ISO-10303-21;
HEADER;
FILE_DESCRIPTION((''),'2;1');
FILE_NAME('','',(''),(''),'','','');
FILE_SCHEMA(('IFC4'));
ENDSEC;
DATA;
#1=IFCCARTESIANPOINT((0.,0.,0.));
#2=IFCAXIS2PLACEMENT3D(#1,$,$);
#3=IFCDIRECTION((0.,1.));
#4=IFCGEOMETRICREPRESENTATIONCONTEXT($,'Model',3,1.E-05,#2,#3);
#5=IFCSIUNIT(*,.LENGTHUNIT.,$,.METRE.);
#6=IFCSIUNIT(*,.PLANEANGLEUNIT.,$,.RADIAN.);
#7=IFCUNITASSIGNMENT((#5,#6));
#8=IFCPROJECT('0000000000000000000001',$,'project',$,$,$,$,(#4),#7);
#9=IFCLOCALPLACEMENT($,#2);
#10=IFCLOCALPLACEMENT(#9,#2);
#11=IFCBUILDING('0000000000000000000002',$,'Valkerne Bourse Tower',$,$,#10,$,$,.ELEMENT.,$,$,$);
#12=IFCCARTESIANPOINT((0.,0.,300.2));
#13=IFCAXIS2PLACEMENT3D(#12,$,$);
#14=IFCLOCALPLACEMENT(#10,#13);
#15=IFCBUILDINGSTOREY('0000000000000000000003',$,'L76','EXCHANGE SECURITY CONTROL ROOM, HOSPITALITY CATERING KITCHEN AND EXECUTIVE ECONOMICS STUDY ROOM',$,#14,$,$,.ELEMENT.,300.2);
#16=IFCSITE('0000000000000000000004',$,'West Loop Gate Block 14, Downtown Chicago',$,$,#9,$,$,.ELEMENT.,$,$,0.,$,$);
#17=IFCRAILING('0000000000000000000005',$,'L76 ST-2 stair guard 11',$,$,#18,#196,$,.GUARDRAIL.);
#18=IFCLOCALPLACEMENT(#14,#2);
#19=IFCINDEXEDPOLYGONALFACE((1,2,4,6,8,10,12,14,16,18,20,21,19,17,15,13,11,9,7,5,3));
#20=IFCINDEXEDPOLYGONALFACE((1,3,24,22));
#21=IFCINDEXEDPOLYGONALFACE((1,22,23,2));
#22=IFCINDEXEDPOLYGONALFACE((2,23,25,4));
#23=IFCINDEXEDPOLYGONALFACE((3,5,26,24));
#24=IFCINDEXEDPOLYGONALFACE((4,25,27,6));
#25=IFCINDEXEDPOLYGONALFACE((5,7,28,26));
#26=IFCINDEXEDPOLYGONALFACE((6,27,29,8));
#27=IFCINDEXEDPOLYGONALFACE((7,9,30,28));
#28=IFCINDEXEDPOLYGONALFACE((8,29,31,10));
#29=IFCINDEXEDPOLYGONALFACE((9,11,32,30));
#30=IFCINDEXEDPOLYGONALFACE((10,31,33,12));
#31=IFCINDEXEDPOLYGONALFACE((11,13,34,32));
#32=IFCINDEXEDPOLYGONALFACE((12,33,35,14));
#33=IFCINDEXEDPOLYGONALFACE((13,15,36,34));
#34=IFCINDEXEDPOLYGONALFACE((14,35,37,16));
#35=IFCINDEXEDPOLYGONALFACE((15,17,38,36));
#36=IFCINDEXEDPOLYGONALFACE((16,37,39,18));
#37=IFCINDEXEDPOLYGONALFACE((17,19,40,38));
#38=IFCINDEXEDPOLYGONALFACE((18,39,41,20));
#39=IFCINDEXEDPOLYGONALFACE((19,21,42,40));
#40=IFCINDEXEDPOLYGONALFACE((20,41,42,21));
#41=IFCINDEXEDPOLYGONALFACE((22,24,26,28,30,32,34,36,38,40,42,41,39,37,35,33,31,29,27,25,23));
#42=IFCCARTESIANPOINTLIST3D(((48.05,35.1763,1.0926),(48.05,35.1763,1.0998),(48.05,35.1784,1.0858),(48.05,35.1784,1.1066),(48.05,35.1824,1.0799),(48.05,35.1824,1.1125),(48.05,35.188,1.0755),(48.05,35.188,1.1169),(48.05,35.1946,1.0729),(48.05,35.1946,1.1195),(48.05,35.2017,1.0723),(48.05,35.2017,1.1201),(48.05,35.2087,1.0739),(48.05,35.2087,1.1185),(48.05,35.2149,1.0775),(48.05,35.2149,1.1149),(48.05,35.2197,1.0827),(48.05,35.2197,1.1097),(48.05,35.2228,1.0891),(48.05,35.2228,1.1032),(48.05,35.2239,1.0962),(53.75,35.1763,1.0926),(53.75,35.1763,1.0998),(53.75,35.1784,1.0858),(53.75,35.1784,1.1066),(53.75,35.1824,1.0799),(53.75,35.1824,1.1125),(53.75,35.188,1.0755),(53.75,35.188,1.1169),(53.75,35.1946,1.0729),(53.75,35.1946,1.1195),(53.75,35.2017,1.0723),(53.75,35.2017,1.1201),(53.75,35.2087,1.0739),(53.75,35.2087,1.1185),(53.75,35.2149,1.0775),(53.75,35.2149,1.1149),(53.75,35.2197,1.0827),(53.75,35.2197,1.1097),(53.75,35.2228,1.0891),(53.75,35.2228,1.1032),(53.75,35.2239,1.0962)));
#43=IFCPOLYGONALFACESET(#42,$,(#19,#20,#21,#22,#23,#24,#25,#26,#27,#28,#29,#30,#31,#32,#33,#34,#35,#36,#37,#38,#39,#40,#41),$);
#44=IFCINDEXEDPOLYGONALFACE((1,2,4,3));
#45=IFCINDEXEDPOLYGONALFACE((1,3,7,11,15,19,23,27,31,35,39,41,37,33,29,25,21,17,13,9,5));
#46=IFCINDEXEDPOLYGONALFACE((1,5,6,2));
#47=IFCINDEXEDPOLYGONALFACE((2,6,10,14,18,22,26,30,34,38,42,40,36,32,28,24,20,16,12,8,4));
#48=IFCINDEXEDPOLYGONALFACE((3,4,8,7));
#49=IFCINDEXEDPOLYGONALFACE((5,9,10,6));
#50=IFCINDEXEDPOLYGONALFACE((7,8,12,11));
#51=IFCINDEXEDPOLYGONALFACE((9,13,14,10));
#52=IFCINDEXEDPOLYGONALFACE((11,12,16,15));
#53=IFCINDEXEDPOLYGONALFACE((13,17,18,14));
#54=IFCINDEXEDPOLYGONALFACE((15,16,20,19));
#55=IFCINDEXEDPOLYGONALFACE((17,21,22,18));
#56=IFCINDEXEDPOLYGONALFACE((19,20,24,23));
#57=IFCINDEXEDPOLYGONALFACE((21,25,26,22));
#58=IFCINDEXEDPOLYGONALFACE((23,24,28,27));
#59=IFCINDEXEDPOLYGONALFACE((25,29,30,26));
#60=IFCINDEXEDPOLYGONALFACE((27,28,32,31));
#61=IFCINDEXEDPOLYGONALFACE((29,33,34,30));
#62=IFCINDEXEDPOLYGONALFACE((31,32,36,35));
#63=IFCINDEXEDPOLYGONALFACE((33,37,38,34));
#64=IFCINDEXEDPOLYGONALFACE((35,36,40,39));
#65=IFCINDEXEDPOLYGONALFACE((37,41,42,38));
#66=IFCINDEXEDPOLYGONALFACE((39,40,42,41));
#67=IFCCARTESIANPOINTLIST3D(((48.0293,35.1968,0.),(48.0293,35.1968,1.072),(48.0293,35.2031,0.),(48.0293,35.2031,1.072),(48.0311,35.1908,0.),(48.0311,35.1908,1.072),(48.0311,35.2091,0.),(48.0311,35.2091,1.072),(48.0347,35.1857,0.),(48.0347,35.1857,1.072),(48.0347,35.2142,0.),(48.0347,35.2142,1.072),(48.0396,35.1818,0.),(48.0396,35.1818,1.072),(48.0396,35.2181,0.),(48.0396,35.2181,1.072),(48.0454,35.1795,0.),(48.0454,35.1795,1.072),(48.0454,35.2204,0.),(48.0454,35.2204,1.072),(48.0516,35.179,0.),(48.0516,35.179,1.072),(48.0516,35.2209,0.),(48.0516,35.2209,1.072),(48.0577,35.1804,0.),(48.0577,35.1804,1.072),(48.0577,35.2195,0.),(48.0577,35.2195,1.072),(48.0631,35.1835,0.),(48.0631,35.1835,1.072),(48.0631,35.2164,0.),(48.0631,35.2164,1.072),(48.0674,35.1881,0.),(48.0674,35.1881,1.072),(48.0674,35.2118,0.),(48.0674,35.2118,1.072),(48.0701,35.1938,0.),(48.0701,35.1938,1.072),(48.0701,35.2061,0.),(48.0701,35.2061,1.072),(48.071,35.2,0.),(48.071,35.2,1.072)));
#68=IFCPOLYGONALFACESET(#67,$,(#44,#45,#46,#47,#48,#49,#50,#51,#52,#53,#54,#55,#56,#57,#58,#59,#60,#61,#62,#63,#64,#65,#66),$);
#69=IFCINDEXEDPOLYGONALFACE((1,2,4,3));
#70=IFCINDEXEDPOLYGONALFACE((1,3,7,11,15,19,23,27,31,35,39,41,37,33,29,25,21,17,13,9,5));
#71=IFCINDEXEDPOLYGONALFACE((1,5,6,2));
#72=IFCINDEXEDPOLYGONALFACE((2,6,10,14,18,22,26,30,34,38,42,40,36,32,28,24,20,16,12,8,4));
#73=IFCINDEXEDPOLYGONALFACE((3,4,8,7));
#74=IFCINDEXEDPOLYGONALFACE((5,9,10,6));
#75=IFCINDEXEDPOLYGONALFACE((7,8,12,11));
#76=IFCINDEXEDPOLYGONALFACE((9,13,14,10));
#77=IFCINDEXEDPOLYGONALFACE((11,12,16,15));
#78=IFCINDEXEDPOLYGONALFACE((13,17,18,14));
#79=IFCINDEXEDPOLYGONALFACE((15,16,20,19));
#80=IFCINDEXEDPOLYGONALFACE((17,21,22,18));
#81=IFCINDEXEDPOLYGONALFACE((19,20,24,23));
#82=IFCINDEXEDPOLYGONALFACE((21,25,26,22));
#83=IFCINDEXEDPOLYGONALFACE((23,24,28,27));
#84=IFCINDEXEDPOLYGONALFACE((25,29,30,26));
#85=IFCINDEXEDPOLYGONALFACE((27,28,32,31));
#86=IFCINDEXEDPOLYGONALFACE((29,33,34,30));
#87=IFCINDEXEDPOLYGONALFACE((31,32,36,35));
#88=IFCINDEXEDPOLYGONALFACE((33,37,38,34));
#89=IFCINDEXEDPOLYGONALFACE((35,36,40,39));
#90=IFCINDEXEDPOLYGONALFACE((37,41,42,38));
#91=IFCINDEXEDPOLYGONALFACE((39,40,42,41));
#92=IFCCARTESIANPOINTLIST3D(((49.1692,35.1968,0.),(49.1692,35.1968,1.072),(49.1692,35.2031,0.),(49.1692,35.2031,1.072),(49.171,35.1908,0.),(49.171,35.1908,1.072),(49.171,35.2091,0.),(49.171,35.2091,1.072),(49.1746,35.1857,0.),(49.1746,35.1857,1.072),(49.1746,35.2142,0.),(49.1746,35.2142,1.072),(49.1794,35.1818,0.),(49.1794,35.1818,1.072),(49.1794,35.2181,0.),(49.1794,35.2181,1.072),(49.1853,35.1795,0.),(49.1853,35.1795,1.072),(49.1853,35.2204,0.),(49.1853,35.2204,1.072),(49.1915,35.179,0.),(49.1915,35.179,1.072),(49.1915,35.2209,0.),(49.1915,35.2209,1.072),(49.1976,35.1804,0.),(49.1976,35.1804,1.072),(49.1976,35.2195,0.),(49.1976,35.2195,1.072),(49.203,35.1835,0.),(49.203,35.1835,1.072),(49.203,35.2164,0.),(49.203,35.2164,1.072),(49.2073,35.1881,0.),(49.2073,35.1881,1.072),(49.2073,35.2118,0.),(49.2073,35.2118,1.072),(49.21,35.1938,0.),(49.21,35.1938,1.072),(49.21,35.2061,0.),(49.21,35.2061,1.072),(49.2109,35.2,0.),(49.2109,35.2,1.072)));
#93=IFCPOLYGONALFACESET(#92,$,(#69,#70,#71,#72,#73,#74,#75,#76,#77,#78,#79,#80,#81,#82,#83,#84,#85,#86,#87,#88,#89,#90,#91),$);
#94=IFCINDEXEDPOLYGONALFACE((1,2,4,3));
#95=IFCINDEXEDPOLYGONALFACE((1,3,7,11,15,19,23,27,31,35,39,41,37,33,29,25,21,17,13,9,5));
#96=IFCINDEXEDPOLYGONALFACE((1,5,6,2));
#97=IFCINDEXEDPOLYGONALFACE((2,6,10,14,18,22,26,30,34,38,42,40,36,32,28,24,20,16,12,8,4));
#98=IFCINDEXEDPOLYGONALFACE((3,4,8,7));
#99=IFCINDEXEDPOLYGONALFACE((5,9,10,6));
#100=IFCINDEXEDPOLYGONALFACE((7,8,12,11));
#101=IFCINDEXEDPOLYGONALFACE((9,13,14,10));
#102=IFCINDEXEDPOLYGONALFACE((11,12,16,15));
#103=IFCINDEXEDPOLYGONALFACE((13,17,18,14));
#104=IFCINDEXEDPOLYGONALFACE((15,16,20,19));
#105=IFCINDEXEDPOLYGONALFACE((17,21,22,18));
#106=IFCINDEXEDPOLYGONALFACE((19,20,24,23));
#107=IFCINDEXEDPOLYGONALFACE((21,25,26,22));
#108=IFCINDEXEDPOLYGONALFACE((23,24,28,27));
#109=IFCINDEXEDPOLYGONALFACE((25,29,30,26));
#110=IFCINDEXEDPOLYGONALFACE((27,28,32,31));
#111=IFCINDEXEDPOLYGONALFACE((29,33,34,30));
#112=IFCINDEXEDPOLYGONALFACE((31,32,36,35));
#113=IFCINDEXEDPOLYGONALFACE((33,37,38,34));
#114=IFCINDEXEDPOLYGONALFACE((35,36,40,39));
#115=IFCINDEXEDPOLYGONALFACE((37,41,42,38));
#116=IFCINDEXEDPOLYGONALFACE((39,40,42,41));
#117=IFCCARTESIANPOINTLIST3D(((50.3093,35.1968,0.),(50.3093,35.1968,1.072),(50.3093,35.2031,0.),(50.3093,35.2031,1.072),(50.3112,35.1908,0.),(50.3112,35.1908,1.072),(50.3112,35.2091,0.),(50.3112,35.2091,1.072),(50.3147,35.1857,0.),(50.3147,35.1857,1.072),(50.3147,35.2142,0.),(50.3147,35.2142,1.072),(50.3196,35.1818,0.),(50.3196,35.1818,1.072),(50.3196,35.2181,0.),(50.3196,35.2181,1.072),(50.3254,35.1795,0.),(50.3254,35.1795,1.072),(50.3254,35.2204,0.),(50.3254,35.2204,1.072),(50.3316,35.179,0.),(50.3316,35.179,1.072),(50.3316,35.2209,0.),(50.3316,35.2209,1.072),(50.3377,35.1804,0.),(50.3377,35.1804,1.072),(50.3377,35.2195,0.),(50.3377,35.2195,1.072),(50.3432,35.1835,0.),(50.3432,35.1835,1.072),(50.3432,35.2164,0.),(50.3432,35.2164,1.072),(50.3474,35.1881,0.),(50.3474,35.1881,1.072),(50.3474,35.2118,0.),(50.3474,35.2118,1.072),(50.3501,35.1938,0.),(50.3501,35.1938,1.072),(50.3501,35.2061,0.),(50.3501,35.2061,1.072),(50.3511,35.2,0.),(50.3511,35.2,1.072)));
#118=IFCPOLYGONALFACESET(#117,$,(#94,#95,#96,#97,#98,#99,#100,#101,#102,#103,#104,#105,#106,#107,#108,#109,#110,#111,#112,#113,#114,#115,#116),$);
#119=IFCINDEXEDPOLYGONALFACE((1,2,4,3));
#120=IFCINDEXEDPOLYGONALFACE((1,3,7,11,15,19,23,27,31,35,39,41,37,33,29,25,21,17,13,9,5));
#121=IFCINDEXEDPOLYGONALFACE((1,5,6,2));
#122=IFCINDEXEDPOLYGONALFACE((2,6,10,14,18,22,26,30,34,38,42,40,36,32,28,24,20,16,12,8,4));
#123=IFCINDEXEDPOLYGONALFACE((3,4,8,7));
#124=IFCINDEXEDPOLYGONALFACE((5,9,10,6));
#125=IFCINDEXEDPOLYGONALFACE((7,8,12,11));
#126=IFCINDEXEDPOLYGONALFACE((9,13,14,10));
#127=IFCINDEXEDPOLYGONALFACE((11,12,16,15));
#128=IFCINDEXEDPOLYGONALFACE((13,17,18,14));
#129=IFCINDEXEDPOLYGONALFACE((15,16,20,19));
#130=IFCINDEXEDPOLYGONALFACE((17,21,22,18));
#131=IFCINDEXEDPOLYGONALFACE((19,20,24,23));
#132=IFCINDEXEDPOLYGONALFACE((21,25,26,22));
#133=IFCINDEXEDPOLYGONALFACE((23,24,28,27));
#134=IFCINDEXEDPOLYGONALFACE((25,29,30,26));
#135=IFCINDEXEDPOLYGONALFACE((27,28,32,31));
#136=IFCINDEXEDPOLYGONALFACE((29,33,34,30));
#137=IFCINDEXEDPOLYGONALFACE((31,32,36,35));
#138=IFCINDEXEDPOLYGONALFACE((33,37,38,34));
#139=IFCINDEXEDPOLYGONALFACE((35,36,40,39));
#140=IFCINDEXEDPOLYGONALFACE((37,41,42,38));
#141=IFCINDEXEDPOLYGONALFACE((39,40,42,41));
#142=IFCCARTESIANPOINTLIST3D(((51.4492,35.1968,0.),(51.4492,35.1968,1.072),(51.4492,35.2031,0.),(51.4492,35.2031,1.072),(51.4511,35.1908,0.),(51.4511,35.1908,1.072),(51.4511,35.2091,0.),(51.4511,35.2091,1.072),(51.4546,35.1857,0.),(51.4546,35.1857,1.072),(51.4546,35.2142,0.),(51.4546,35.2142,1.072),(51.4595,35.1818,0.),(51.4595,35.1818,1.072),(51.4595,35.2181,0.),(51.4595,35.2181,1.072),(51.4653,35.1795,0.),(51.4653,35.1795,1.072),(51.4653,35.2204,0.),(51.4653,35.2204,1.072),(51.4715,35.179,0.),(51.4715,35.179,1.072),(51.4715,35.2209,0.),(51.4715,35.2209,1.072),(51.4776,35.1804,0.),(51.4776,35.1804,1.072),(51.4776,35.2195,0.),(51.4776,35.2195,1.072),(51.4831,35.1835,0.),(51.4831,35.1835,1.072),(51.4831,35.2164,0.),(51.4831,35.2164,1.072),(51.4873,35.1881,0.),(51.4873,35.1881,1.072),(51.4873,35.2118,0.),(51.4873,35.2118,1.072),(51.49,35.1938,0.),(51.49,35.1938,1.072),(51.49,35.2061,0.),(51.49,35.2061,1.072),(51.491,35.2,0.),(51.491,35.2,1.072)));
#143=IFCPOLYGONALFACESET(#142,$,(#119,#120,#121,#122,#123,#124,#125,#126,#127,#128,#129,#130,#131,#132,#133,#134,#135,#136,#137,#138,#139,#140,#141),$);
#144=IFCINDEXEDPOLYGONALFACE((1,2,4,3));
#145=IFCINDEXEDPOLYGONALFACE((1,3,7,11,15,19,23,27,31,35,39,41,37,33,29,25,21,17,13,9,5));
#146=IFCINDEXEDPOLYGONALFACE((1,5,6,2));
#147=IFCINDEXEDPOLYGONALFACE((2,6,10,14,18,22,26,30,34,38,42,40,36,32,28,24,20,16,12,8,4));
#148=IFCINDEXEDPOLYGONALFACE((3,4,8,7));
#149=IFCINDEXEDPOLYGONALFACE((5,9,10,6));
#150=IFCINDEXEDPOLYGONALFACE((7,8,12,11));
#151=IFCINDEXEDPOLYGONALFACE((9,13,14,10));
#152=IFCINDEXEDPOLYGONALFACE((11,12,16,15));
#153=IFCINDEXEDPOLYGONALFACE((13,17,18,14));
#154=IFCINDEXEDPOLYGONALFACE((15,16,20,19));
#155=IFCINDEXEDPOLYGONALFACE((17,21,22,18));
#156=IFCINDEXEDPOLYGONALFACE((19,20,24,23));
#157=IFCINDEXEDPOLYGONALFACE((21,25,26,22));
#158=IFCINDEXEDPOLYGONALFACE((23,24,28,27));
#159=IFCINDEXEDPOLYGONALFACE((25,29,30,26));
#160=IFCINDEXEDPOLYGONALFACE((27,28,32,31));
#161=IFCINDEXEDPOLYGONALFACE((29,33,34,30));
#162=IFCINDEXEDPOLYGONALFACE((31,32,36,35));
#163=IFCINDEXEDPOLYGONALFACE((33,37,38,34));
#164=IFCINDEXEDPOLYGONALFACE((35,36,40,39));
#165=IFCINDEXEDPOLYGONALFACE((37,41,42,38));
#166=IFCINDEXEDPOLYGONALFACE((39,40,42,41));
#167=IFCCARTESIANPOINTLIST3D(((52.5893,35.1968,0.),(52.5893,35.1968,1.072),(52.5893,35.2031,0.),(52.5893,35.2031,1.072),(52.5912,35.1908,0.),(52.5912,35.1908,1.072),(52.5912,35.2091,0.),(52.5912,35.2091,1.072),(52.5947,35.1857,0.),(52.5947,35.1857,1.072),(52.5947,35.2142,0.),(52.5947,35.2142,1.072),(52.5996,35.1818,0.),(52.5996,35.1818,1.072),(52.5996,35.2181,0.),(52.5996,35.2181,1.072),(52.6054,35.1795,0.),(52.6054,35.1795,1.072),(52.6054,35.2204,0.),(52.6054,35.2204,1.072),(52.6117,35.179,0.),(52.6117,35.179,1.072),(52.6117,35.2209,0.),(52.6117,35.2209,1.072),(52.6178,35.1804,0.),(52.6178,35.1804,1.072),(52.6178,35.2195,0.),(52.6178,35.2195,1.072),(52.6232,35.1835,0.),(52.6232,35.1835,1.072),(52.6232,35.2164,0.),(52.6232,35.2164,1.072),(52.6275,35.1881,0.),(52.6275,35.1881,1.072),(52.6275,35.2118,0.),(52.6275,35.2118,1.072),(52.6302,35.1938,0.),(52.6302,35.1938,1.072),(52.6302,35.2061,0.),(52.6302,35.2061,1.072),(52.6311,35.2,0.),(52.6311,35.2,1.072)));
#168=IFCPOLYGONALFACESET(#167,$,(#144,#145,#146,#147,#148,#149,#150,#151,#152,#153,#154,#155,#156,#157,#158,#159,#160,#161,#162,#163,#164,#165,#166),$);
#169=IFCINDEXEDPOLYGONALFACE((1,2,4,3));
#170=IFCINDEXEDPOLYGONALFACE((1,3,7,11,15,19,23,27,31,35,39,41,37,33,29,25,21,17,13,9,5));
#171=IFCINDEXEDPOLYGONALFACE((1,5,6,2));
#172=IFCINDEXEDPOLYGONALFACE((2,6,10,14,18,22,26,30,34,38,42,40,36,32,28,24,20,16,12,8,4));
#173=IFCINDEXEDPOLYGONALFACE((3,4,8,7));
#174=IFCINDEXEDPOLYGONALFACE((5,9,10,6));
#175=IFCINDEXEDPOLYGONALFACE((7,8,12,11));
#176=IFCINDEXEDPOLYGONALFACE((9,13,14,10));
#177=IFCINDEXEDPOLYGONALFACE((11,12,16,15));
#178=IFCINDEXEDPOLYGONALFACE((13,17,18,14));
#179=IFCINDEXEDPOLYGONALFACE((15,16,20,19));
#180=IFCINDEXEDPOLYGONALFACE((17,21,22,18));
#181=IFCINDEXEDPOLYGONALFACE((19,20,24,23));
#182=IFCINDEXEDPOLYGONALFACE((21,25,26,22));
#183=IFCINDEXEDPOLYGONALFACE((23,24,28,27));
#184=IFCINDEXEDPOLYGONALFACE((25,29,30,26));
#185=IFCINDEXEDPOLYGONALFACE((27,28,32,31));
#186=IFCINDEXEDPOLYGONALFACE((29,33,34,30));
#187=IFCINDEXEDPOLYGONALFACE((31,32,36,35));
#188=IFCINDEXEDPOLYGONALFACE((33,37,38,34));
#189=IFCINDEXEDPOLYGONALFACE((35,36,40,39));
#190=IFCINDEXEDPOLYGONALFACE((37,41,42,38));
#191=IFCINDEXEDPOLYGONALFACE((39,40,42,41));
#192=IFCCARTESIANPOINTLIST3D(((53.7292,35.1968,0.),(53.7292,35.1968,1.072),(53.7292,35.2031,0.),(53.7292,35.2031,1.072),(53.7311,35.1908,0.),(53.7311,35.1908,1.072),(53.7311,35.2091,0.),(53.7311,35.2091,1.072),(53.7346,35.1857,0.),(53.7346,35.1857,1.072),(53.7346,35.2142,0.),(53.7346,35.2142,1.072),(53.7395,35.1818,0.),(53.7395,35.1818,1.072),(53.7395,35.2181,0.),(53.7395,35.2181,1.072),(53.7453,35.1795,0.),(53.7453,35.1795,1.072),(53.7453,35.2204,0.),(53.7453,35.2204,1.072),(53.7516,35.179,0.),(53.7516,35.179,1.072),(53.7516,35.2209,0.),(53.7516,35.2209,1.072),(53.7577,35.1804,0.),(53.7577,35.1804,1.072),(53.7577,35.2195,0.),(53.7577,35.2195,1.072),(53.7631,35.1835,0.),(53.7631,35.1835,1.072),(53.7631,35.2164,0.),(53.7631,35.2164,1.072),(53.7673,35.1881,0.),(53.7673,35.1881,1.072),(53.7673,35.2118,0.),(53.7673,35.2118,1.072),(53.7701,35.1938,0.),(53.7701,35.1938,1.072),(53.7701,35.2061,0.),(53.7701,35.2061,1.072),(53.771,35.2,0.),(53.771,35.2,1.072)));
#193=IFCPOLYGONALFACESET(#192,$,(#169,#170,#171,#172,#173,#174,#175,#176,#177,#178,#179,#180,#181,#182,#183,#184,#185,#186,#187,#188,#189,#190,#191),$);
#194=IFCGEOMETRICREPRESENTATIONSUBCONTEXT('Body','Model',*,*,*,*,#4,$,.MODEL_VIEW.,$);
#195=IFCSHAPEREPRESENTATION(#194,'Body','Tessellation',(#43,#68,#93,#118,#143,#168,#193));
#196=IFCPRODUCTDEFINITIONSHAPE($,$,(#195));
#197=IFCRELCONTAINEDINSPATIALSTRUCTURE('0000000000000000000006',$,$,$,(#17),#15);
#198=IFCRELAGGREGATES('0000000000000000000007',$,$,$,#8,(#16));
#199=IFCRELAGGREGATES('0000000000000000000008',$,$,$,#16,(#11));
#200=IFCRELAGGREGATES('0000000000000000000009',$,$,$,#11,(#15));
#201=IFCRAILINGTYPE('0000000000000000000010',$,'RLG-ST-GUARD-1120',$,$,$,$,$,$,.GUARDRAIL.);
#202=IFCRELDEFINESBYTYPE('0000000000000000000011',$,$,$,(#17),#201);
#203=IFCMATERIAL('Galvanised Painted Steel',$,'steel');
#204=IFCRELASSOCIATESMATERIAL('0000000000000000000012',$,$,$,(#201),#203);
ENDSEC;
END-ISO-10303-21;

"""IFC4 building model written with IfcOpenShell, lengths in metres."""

from ifc_helpers import new_model, si_unit, direction, frame, origin, origin_2d, place, context, subcontext, project, spatial, circle, extrude, material, type_object, element, save


model = new_model("IFC4")

# Units and contexts
model_context = context("Model", 3, precision=1e-05, world=origin(), true_north=direction((0.0, 1.0)))
body_context = subcontext(model_context, "Body", "Model", "MODEL_VIEW")
ifc_project = project(units=[si_unit("LENGTHUNIT", "METRE"), si_unit("PLANEANGLEUNIT", "RADIAN")], contexts=[model_context])

# Site, building, storey
site_placement = place(None, origin())
site = spatial("IfcSite", under=ifc_project, at=site_placement, Name="West Loop Gate Block 14, Downtown Chicago", CompositionType="ELEMENT", RefElevation=0.0)
building_placement = place(site_placement, origin())
building = spatial("IfcBuilding", under=site, at=building_placement, Name="Valkerne Bourse Tower", CompositionType="ELEMENT")
storey_placement = place(building_placement, frame((0.0, 0.0, 300.2)))
storey = spatial("IfcBuildingStorey", under=building, at=storey_placement, Name="L76", Description="EXCHANGE SECURITY CONTROL ROOM, HOSPITALITY CATERING KITCHEN AND EXECUTIVE ECONOMICS STUDY ROOM", CompositionType="ELEMENT", Elevation=300.2)

# Railing
ifc_material_1 = material(Name="Galvanised Painted Steel", Category="steel")
railing_type_1 = type_object("IfcRailingType", Name="RLG-ST-GUARD-1120", PredefinedType="GUARDRAIL", material=ifc_material_1)
railing_1_placement = place(storey_placement, frame((48.05, 35.2, 0.0)))
element("IfcRailing", 1, at=railing_1_placement, inside=storey, type_object=railing_type_1, Name="L76 ST-2 stair guard 11", PredefinedType="GUARDRAIL", context=body_context, shape_type="SweptSolid", body=[
    extrude(circle(Radius=0.0239, at=origin_2d()), frame((0.0, 0.0, 1.0962), z_axis=(1.0, 0.0, 0.0), x_axis=(0.0, 1.0, 0.0)), (0.0, 0.0, 1.0), 5.7),
    extrude(circle(Radius=0.021, at=origin_2d()), origin(), (0.0, 0.0, 1.0), 1.072),
    extrude(circle(Radius=0.021, at=origin_2d()), frame((1.1399, 0.0, 0.0)), (0.0, 0.0, 1.0), 1.072),
    extrude(circle(Radius=0.021, at=origin_2d()), frame((2.28, 0.0, 0.0)), (0.0, 0.0, 1.0), 1.072),
    extrude(circle(Radius=0.021, at=origin_2d()), frame((3.4199, 0.0, 0.0)), (0.0, 0.0, 1.0), 1.072),
    extrude(circle(Radius=0.021, at=origin_2d()), frame((4.5601, 0.0, 0.0)), (0.0, 0.0, 1.0), 1.072),
    extrude(circle(Radius=0.021, at=origin_2d()), frame((5.7, 0.0, 0.0)), (0.0, 0.0, 1.0), 1.072),
])

save(model, "model.ifc")
